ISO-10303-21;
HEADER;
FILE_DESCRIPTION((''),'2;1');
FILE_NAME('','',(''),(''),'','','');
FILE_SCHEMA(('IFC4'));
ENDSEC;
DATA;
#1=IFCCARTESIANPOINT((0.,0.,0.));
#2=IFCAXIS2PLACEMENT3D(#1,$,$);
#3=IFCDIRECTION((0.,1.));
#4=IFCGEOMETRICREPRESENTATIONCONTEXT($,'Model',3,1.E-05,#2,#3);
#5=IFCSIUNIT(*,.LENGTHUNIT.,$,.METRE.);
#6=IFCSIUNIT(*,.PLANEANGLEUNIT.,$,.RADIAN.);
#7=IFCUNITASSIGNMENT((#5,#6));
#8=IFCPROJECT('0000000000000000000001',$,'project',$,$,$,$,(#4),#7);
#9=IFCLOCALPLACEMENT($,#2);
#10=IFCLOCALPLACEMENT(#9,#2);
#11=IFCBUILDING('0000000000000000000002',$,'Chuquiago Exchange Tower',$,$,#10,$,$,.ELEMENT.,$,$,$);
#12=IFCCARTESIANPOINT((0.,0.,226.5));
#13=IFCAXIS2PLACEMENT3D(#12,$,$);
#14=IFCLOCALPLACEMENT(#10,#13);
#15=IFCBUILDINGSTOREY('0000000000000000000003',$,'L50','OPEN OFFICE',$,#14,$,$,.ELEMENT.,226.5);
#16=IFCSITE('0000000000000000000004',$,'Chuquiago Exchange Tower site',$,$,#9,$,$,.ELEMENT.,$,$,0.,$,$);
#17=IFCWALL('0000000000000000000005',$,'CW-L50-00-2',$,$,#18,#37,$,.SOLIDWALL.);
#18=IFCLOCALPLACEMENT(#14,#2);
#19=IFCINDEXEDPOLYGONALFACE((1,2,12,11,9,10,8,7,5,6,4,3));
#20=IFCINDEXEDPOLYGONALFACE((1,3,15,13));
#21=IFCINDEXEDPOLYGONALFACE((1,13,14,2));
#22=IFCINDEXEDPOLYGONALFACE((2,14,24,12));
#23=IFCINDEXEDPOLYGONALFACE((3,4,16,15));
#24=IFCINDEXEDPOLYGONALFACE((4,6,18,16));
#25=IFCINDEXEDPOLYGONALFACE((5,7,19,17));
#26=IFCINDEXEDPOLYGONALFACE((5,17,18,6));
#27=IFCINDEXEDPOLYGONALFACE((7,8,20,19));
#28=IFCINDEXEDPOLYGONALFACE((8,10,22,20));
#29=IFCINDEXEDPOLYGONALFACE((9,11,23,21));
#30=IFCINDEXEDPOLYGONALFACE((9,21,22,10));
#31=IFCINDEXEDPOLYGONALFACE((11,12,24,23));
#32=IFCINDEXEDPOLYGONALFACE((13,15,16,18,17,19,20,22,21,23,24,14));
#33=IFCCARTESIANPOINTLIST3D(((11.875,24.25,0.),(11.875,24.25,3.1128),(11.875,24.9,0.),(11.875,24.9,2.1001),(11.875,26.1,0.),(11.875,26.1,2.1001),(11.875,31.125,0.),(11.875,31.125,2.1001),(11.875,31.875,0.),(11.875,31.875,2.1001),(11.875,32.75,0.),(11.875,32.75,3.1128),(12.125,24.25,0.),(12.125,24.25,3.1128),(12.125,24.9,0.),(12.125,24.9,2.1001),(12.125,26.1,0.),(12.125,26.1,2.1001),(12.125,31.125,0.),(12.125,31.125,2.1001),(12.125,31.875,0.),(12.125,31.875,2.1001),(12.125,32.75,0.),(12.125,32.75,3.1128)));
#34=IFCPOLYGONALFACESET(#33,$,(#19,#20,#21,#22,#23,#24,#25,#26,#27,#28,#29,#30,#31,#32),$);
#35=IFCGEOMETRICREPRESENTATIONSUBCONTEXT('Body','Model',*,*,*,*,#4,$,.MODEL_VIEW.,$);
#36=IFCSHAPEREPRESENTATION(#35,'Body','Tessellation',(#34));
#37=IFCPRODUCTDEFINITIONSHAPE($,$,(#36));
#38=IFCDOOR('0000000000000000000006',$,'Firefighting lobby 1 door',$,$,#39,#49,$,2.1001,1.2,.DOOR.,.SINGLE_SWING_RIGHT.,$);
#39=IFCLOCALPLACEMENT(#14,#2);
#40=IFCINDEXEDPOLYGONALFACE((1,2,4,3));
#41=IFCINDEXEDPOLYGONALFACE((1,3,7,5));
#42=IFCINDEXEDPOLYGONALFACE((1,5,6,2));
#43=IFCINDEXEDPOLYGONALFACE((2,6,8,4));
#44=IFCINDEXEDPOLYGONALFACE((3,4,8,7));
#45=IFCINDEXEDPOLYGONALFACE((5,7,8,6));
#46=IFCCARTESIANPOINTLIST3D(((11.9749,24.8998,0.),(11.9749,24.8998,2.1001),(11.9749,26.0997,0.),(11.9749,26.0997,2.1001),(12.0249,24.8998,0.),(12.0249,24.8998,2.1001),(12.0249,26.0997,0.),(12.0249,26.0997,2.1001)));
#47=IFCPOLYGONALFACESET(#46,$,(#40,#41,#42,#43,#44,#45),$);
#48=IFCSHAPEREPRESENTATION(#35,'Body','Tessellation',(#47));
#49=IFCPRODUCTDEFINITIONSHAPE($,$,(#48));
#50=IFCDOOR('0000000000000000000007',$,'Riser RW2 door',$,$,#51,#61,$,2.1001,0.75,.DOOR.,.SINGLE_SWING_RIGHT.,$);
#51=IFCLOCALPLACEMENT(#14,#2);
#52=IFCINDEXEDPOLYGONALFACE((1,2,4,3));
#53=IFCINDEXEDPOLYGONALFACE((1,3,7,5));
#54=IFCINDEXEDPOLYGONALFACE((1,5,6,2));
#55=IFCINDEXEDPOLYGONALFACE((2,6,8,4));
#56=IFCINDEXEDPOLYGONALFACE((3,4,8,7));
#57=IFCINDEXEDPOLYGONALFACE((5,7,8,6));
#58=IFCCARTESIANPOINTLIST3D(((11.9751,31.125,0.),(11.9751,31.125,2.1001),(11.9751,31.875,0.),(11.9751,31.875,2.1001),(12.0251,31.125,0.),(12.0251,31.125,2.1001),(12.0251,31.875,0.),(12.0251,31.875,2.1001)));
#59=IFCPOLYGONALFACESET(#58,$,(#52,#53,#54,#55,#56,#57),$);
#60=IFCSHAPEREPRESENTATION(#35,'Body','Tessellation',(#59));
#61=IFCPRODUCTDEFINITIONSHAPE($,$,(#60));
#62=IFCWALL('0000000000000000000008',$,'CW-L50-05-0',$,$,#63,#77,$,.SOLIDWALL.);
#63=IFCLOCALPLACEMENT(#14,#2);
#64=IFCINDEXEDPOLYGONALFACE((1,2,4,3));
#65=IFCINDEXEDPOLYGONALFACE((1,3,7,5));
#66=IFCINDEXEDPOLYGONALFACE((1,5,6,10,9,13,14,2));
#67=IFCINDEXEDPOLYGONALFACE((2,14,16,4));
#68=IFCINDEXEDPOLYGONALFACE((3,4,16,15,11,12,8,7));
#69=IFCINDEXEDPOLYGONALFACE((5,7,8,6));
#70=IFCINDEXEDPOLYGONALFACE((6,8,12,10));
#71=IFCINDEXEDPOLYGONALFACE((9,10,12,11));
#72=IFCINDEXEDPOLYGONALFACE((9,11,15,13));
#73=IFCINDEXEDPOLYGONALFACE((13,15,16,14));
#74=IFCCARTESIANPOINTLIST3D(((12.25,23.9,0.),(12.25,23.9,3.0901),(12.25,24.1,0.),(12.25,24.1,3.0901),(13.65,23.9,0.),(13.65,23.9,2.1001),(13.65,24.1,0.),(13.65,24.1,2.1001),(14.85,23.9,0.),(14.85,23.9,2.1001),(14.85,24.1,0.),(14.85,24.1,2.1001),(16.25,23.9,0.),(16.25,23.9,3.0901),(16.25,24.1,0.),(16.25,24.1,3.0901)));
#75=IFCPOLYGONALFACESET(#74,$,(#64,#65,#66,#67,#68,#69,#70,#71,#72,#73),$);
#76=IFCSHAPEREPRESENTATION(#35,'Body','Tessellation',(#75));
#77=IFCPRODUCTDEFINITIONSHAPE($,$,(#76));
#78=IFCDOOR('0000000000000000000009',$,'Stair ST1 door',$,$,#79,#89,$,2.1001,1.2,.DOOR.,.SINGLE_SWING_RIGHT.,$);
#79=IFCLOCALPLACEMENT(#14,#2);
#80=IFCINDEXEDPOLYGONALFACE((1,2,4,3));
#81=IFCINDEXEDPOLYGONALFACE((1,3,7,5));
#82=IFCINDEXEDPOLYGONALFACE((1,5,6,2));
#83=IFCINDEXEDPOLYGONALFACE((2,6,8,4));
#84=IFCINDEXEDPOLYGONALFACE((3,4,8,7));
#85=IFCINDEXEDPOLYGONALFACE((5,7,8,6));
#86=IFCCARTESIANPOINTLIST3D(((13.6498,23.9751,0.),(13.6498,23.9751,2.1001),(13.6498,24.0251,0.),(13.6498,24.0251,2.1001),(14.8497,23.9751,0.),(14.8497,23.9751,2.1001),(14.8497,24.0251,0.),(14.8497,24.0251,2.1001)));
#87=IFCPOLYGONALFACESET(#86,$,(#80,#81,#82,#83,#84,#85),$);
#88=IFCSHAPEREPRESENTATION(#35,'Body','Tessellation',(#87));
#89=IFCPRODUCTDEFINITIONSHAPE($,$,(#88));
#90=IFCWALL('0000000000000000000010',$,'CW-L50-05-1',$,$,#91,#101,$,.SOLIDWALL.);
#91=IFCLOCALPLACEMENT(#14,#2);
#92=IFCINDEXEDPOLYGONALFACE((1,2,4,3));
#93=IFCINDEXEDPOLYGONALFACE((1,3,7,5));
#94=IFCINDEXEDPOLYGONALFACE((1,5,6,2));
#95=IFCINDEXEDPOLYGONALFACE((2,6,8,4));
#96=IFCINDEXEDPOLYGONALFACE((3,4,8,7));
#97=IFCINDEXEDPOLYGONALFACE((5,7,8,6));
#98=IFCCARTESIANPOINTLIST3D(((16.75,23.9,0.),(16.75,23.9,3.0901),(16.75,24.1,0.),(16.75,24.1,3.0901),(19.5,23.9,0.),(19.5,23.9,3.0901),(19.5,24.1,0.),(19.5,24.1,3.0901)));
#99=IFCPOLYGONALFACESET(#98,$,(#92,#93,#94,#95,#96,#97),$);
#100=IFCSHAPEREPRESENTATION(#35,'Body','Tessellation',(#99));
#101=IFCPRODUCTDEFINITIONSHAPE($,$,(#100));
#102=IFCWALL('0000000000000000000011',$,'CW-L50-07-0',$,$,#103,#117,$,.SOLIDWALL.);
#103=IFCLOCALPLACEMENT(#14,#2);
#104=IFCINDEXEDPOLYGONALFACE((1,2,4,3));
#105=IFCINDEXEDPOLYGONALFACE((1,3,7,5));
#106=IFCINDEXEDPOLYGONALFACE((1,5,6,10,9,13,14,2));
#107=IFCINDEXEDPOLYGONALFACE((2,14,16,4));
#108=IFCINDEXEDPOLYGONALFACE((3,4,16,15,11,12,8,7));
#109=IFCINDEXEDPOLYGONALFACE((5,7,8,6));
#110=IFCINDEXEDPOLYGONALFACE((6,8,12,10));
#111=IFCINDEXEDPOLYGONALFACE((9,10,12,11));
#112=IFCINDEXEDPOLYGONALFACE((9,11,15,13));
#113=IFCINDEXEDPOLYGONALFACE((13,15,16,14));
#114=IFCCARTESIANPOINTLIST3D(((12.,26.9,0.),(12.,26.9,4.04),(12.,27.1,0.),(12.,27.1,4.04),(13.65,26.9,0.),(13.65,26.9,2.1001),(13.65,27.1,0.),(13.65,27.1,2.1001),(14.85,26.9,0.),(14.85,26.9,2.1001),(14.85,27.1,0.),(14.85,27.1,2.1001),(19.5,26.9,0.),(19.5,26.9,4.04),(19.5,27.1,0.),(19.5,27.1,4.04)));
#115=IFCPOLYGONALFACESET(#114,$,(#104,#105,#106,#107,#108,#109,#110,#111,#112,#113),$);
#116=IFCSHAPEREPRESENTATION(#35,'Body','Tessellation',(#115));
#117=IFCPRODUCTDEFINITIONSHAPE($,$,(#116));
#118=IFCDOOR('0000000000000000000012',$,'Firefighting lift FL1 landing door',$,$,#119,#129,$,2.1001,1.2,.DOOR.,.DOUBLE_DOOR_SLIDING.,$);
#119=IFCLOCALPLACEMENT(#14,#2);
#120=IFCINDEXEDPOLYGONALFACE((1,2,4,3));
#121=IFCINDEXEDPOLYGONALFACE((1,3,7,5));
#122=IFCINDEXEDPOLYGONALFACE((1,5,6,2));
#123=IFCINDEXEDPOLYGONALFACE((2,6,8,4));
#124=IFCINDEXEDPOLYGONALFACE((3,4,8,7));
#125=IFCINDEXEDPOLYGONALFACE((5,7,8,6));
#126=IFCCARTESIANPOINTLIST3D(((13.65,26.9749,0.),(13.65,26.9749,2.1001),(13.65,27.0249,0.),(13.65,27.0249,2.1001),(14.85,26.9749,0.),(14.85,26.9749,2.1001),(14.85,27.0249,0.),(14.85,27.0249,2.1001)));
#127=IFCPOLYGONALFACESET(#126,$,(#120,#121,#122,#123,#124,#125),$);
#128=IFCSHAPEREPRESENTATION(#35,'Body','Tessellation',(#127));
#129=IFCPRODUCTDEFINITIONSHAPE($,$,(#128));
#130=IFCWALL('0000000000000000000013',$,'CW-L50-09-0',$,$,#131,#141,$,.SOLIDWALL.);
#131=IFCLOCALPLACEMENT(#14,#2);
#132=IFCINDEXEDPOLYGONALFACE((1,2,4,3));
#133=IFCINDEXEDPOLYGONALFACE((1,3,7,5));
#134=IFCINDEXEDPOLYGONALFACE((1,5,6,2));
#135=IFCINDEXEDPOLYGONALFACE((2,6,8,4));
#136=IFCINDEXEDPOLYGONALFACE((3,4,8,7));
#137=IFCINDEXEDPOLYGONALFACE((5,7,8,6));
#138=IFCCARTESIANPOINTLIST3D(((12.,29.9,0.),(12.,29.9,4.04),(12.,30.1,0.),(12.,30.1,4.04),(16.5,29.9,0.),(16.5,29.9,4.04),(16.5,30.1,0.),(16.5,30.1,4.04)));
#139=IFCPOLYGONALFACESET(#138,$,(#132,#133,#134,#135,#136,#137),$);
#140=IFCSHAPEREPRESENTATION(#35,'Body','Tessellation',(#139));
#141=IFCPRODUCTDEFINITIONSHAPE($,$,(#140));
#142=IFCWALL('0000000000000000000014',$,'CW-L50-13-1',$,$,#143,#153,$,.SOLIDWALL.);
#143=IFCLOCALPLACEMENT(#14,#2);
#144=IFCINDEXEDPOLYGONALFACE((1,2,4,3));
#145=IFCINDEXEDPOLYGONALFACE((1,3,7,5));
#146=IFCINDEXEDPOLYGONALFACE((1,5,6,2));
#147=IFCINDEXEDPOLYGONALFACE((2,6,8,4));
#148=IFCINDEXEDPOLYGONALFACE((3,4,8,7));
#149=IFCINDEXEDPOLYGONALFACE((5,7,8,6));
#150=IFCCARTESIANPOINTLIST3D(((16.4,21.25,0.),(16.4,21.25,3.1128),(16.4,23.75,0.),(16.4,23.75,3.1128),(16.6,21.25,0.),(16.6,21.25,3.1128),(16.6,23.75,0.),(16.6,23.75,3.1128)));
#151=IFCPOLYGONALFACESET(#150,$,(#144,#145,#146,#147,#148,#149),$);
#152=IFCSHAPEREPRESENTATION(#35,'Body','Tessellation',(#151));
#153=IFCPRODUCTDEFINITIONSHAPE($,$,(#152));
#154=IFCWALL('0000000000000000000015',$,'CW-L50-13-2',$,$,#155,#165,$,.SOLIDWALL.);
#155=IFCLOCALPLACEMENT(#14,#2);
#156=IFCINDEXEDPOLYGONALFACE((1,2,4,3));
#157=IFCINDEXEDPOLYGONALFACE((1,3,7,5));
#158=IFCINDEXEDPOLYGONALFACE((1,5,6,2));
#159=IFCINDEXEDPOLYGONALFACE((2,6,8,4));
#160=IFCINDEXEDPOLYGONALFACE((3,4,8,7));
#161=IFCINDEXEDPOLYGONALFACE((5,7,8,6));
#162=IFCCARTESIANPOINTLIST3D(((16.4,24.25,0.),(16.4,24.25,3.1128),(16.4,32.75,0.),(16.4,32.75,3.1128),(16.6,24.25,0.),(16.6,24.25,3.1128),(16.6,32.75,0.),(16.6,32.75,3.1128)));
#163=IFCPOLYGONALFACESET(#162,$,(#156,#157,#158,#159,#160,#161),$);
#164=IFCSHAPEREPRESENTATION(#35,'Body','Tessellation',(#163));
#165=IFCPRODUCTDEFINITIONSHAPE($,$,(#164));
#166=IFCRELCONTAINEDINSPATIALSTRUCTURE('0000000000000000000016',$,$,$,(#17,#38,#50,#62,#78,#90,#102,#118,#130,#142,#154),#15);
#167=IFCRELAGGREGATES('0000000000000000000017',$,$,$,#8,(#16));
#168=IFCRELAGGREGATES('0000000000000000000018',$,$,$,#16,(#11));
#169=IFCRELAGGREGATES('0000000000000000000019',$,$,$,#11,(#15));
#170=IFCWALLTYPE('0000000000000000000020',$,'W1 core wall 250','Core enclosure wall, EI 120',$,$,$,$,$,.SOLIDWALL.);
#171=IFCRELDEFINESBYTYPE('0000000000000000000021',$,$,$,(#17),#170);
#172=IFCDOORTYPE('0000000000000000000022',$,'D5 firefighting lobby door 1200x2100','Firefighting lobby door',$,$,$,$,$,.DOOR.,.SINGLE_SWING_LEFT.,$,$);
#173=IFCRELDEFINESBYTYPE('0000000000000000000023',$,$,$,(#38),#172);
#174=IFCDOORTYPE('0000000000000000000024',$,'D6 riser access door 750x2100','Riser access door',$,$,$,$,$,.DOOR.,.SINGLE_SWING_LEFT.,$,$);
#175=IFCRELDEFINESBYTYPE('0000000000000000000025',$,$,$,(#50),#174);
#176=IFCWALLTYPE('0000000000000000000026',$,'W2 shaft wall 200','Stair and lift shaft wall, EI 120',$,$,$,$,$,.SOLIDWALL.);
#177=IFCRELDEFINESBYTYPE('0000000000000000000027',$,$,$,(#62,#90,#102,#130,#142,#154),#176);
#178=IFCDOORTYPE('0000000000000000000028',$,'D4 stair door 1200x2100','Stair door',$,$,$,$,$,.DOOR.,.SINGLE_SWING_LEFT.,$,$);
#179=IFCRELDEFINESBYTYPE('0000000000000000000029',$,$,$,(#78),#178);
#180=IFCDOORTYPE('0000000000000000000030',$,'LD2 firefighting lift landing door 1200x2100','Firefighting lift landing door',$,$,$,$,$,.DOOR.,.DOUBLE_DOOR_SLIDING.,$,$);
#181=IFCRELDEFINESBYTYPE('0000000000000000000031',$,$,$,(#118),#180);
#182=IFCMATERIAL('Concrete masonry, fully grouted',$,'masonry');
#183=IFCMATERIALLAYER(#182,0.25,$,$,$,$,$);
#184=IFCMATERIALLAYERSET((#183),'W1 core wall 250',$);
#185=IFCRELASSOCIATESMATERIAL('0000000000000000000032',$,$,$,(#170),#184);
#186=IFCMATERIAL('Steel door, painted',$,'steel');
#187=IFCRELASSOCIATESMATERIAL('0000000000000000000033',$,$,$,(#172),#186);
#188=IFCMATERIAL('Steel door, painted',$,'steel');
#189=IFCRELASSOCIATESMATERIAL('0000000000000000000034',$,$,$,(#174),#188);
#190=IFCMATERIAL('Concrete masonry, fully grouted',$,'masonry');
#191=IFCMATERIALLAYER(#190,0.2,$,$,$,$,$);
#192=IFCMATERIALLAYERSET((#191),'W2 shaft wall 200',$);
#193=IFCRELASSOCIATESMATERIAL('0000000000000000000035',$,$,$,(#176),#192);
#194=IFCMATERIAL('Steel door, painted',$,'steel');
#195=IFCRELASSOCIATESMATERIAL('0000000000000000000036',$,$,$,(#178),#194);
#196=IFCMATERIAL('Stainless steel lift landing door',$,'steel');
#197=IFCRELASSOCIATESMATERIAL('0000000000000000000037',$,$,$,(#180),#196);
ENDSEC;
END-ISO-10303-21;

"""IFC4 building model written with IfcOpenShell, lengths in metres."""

from ifc_helpers import new_model, si_unit, direction, frame, frame_2d, origin, place, context, subcontext, project, spatial, rectangle, extrude, material, layer, layer_set, type_object, element, fill, save


model = new_model("IFC4")

# Units and contexts
model_context = context("Model", 3, precision=1e-05, world=origin(), true_north=direction((0.0, 1.0)))
body_context = subcontext(model_context, "Body", "Model", "MODEL_VIEW")
ifc_project = project(units=[si_unit("LENGTHUNIT", "METRE"), si_unit("PLANEANGLEUNIT", "RADIAN")], contexts=[model_context])

# Site, building, storey
site_placement = place(None, origin())
site = spatial("IfcSite", under=ifc_project, at=site_placement, Name="Chuquiago Exchange Tower site", CompositionType="ELEMENT", RefElevation=0.0)
building_placement = place(site_placement, origin())
building = spatial("IfcBuilding", under=site, at=building_placement, Name="Chuquiago Exchange Tower", CompositionType="ELEMENT")
storey_placement = place(building_placement, frame((0.0, 0.0, 226.5)))
storey = spatial("IfcBuildingStorey", under=building, at=storey_placement, Name="L50", Description="OPEN OFFICE", CompositionType="ELEMENT", Elevation=226.5)

# Shared definitions
ifc_material_1 = material(Name="Concrete masonry, fully grouted", Category="masonry")
ifc_layer_1 = layer(ifc_material_1, 0.25)
ifc_layer_set_1 = layer_set([ifc_layer_1], Name="W1 core wall 250")
wall_type_1 = type_object("IfcWallType", Name="W1 core wall 250", Description="Core enclosure wall, EI 120", PredefinedType="SOLIDWALL", material=ifc_layer_set_1)

# Wall, openings, doors
wall_1_placement = place(storey_placement, frame((12.0, 24.25, 0.0), z_axis=(0.0, 0.0, 1.0), x_axis=(0.0, 1.0, 0.0)))
wall_1 = element("IfcWall", 1, at=wall_1_placement, inside=storey, type_object=wall_type_1, Name="CW-L50-00-2", PredefinedType="SOLIDWALL", context=body_context, shape_type="SweptSolid", body=[
    extrude(rectangle(XDim=8.5, YDim=0.25, at=frame_2d((4.25, 0.0))), origin(), (0.0, 0.0, 1.0), 3.1128),
])
opening_1_placement = place(wall_1_placement, frame((0.6499, 0.0, 0.0)))
opening_1 = element("IfcOpeningElement", 2, at=opening_1_placement, cuts=wall_1, PredefinedType="OPENING", context=body_context, shape_type="SweptSolid", body=[
    extrude(rectangle(XDim=1.2, YDim=2.1001, at=frame_2d((0.6001, 1.05))), frame((0.0, 0.135, 0.0), z_axis=(0.0, -1.0, 0.0), x_axis=(1.0, 0.0, 0.0)), (0.0, 0.0, 1.0), 0.27),
])
opening_2_placement = place(wall_1_placement, frame((6.875, 0.0, 0.0)))
opening_2 = element("IfcOpeningElement", 3, at=opening_2_placement, cuts=wall_1, PredefinedType="OPENING", context=body_context, shape_type="SweptSolid", body=[
    extrude(rectangle(XDim=0.75, YDim=2.1001, at=frame_2d((0.375, 1.05))), frame((0.0, 0.135, 0.0), z_axis=(0.0, -1.0, 0.0), x_axis=(1.0, 0.0, 0.0)), (0.0, 0.0, 1.0), 0.27),
])
ifc_material_2 = material(Name="Steel door, painted", Category="steel")
door_type_1 = type_object("IfcDoorType", Name="D5 firefighting lobby door 1200x2100", Description="Firefighting lobby door", OperationType="SINGLE_SWING_LEFT", PredefinedType="DOOR", material=ifc_material_2)
door_1_placement = place(opening_1_placement, frame((1.2, 0.0, 0.0), z_axis=(0.0, 0.0, 1.0), x_axis=(-1.0, 0.0, 0.0)))
door_1 = element("IfcDoor", 4, at=door_1_placement, inside=storey, type_object=door_type_1, Name="Firefighting lobby 1 door", OperationType="SINGLE_SWING_RIGHT", OverallHeight=2.1001, OverallWidth=1.2, PredefinedType="DOOR", context=body_context, shape_type="SweptSolid", body=[
    extrude(rectangle(XDim=1.2, YDim=2.1001, at=frame_2d((0.6001, 1.05))), frame((0.0, 0.0249, 0.0), z_axis=(0.0, -1.0, 0.0), x_axis=(1.0, 0.0, 0.0)), (0.0, 0.0, 1.0), 0.05),
])
fill(opening_1, door_1)
ifc_material_3 = material(Name="Steel door, painted", Category="steel")
door_type_2 = type_object("IfcDoorType", Name="D6 riser access door 750x2100", Description="Riser access door", OperationType="SINGLE_SWING_LEFT", PredefinedType="DOOR", material=ifc_material_3)
door_2_placement = place(opening_2_placement, origin())
door_2 = element("IfcDoor", 5, at=door_2_placement, inside=storey, type_object=door_type_2, Name="Riser RW2 door", OperationType="SINGLE_SWING_RIGHT", OverallHeight=2.1001, OverallWidth=0.75, PredefinedType="DOOR", context=body_context, shape_type="SweptSolid", body=[
    extrude(rectangle(XDim=0.75, YDim=2.1001, at=frame_2d((0.375, 1.05))), frame((0.0, 0.0249, 0.0), z_axis=(0.0, -1.0, 0.0), x_axis=(1.0, 0.0, 0.0)), (0.0, 0.0, 1.0), 0.05),
])
fill(opening_2, door_2)

# Wall, opening, door
ifc_material_4 = material(Name="Concrete masonry, fully grouted", Category="masonry")
ifc_layer_2 = layer(ifc_material_4, 0.2)
ifc_layer_set_2 = layer_set([ifc_layer_2], Name="W2 shaft wall 200")
wall_type_2 = type_object("IfcWallType", Name="W2 shaft wall 200", Description="Stair and lift shaft wall, EI 120", PredefinedType="SOLIDWALL", material=ifc_layer_set_2)
wall_2_placement = place(storey_placement, frame((12.25, 24.0, 0.0), z_axis=(0.0, 0.0, 1.0), x_axis=(1.0, 0.0, 0.0)))
wall_2 = element("IfcWall", 6, at=wall_2_placement, inside=storey, type_object=wall_type_2, Name="CW-L50-05-0", PredefinedType="SOLIDWALL", context=body_context, shape_type="SweptSolid", body=[
    extrude(rectangle(XDim=4.0, YDim=0.2, at=frame_2d((2.0, 0.0))), origin(), (0.0, 0.0, 1.0), 3.0901),
])
opening_3_placement = place(wall_2_placement, frame((1.3999, 0.0, 0.0)))
opening_3 = element("IfcOpeningElement", 7, at=opening_3_placement, cuts=wall_2, PredefinedType="OPENING", context=body_context, shape_type="SweptSolid", body=[
    extrude(rectangle(XDim=1.2, YDim=2.1001, at=frame_2d((0.6001, 1.05))), frame((0.0, 0.1099, 0.0), z_axis=(0.0, -1.0, 0.0), x_axis=(1.0, 0.0, 0.0)), (0.0, 0.0, 1.0), 0.22),
])
ifc_material_5 = material(Name="Steel door, painted", Category="steel")
door_type_3 = type_object("IfcDoorType", Name="D4 stair door 1200x2100", Description="Stair door", OperationType="SINGLE_SWING_LEFT", PredefinedType="DOOR", material=ifc_material_5)
door_3_placement = place(opening_3_placement, frame((1.2, 0.0, 0.0), z_axis=(0.0, 0.0, 1.0), x_axis=(-1.0, 0.0, 0.0)))
door_3 = element("IfcDoor", 8, at=door_3_placement, inside=storey, type_object=door_type_3, Name="Stair ST1 door", OperationType="SINGLE_SWING_RIGHT", OverallHeight=2.1001, OverallWidth=1.2, PredefinedType="DOOR", context=body_context, shape_type="SweptSolid", body=[
    extrude(rectangle(XDim=1.2, YDim=2.1001, at=frame_2d((0.6001, 1.05))), frame((0.0, 0.0249, 0.0), z_axis=(0.0, -1.0, 0.0), x_axis=(1.0, 0.0, 0.0)), (0.0, 0.0, 1.0), 0.05),
])
fill(opening_3, door_3)

# Wall
wall_3_placement = place(storey_placement, frame((16.75, 24.0, 0.0), z_axis=(0.0, 0.0, 1.0), x_axis=(1.0, 0.0, 0.0)))
element("IfcWall", 9, at=wall_3_placement, inside=storey, type_object=wall_type_2, Name="CW-L50-05-1", PredefinedType="SOLIDWALL", context=body_context, shape_type="SweptSolid", body=[
    extrude(rectangle(XDim=2.75, YDim=0.2, at=frame_2d((1.375, 0.0))), origin(), (0.0, 0.0, 1.0), 3.0901),
])

# Wall, opening, door
wall_4_placement = place(storey_placement, frame((12.0, 27.0, 0.0), z_axis=(0.0, 0.0, 1.0), x_axis=(1.0, 0.0, 0.0)))
wall_4 = element("IfcWall", 10, at=wall_4_placement, inside=storey, type_object=wall_type_2, Name="CW-L50-07-0", PredefinedType="SOLIDWALL", context=body_context, shape_type="SweptSolid", body=[
    extrude(rectangle(XDim=7.5, YDim=0.2, at=frame_2d((3.75, 0.0))), origin(), (0.0, 0.0, 1.0), 4.04),
])
opening_4_placement = place(wall_4_placement, frame((1.6499, 0.0, 0.0)))
opening_4 = element("IfcOpeningElement", 11, at=opening_4_placement, cuts=wall_4, PredefinedType="OPENING", context=body_context, shape_type="SweptSolid", body=[
    extrude(rectangle(XDim=1.2, YDim=2.1001, at=frame_2d((0.6001, 1.05))), frame((0.0, 0.1099, 0.0), z_axis=(0.0, -1.0, 0.0), x_axis=(1.0, 0.0, 0.0)), (0.0, 0.0, 1.0), 0.22),
])
ifc_material_6 = material(Name="Stainless steel lift landing door", Category="steel")
door_type_4 = type_object("IfcDoorType", Name="LD2 firefighting lift landing door 1200x2100", Description="Firefighting lift landing door", OperationType="DOUBLE_DOOR_SLIDING", PredefinedType="DOOR", material=ifc_material_6)
door_4_placement = place(opening_4_placement, origin())
door_4 = element("IfcDoor", 12, at=door_4_placement, inside=storey, type_object=door_type_4, Name="Firefighting lift FL1 landing door", OperationType="DOUBLE_DOOR_SLIDING", OverallHeight=2.1001, OverallWidth=1.2, PredefinedType="DOOR", context=body_context, shape_type="SweptSolid", body=[
    extrude(rectangle(XDim=1.2, YDim=2.1001, at=frame_2d((0.6001, 1.05))), frame((0.0, 0.0249, 0.0), z_axis=(0.0, -1.0, 0.0), x_axis=(1.0, 0.0, 0.0)), (0.0, 0.0, 1.0), 0.05),
])
fill(opening_4, door_4)

# Walls
wall_5_placement = place(storey_placement, frame((12.0, 30.0, 0.0), z_axis=(0.0, 0.0, 1.0), x_axis=(1.0, 0.0, 0.0)))
element("IfcWall", 13, at=wall_5_placement, inside=storey, type_object=wall_type_2, Name="CW-L50-09-0", PredefinedType="SOLIDWALL", context=body_context, shape_type="SweptSolid", body=[
    extrude(rectangle(XDim=4.5, YDim=0.2, at=frame_2d((2.25, 0.0))), origin(), (0.0, 0.0, 1.0), 4.04),
])
wall_6_placement = place(storey_placement, frame((16.5, 21.25, 0.0), z_axis=(0.0, 0.0, 1.0), x_axis=(0.0, 1.0, 0.0)))
element("IfcWall", 14, at=wall_6_placement, inside=storey, type_object=wall_type_2, Name="CW-L50-13-1", PredefinedType="SOLIDWALL", context=body_context, shape_type="SweptSolid", body=[
    extrude(rectangle(XDim=2.5, YDim=0.2, at=frame_2d((1.25, 0.0))), origin(), (0.0, 0.0, 1.0), 3.1128),
])
wall_7_placement = place(storey_placement, frame((16.5, 24.25, 0.0), z_axis=(0.0, 0.0, 1.0), x_axis=(0.0, 1.0, 0.0)))
element("IfcWall", 15, at=wall_7_placement, inside=storey, type_object=wall_type_2, Name="CW-L50-13-2", PredefinedType="SOLIDWALL", context=body_context, shape_type="SweptSolid", body=[
    extrude(rectangle(XDim=8.5, YDim=0.2, at=frame_2d((4.25, 0.0))), origin(), (0.0, 0.0, 1.0), 3.1128),
])

save(model, "model.ifc")
